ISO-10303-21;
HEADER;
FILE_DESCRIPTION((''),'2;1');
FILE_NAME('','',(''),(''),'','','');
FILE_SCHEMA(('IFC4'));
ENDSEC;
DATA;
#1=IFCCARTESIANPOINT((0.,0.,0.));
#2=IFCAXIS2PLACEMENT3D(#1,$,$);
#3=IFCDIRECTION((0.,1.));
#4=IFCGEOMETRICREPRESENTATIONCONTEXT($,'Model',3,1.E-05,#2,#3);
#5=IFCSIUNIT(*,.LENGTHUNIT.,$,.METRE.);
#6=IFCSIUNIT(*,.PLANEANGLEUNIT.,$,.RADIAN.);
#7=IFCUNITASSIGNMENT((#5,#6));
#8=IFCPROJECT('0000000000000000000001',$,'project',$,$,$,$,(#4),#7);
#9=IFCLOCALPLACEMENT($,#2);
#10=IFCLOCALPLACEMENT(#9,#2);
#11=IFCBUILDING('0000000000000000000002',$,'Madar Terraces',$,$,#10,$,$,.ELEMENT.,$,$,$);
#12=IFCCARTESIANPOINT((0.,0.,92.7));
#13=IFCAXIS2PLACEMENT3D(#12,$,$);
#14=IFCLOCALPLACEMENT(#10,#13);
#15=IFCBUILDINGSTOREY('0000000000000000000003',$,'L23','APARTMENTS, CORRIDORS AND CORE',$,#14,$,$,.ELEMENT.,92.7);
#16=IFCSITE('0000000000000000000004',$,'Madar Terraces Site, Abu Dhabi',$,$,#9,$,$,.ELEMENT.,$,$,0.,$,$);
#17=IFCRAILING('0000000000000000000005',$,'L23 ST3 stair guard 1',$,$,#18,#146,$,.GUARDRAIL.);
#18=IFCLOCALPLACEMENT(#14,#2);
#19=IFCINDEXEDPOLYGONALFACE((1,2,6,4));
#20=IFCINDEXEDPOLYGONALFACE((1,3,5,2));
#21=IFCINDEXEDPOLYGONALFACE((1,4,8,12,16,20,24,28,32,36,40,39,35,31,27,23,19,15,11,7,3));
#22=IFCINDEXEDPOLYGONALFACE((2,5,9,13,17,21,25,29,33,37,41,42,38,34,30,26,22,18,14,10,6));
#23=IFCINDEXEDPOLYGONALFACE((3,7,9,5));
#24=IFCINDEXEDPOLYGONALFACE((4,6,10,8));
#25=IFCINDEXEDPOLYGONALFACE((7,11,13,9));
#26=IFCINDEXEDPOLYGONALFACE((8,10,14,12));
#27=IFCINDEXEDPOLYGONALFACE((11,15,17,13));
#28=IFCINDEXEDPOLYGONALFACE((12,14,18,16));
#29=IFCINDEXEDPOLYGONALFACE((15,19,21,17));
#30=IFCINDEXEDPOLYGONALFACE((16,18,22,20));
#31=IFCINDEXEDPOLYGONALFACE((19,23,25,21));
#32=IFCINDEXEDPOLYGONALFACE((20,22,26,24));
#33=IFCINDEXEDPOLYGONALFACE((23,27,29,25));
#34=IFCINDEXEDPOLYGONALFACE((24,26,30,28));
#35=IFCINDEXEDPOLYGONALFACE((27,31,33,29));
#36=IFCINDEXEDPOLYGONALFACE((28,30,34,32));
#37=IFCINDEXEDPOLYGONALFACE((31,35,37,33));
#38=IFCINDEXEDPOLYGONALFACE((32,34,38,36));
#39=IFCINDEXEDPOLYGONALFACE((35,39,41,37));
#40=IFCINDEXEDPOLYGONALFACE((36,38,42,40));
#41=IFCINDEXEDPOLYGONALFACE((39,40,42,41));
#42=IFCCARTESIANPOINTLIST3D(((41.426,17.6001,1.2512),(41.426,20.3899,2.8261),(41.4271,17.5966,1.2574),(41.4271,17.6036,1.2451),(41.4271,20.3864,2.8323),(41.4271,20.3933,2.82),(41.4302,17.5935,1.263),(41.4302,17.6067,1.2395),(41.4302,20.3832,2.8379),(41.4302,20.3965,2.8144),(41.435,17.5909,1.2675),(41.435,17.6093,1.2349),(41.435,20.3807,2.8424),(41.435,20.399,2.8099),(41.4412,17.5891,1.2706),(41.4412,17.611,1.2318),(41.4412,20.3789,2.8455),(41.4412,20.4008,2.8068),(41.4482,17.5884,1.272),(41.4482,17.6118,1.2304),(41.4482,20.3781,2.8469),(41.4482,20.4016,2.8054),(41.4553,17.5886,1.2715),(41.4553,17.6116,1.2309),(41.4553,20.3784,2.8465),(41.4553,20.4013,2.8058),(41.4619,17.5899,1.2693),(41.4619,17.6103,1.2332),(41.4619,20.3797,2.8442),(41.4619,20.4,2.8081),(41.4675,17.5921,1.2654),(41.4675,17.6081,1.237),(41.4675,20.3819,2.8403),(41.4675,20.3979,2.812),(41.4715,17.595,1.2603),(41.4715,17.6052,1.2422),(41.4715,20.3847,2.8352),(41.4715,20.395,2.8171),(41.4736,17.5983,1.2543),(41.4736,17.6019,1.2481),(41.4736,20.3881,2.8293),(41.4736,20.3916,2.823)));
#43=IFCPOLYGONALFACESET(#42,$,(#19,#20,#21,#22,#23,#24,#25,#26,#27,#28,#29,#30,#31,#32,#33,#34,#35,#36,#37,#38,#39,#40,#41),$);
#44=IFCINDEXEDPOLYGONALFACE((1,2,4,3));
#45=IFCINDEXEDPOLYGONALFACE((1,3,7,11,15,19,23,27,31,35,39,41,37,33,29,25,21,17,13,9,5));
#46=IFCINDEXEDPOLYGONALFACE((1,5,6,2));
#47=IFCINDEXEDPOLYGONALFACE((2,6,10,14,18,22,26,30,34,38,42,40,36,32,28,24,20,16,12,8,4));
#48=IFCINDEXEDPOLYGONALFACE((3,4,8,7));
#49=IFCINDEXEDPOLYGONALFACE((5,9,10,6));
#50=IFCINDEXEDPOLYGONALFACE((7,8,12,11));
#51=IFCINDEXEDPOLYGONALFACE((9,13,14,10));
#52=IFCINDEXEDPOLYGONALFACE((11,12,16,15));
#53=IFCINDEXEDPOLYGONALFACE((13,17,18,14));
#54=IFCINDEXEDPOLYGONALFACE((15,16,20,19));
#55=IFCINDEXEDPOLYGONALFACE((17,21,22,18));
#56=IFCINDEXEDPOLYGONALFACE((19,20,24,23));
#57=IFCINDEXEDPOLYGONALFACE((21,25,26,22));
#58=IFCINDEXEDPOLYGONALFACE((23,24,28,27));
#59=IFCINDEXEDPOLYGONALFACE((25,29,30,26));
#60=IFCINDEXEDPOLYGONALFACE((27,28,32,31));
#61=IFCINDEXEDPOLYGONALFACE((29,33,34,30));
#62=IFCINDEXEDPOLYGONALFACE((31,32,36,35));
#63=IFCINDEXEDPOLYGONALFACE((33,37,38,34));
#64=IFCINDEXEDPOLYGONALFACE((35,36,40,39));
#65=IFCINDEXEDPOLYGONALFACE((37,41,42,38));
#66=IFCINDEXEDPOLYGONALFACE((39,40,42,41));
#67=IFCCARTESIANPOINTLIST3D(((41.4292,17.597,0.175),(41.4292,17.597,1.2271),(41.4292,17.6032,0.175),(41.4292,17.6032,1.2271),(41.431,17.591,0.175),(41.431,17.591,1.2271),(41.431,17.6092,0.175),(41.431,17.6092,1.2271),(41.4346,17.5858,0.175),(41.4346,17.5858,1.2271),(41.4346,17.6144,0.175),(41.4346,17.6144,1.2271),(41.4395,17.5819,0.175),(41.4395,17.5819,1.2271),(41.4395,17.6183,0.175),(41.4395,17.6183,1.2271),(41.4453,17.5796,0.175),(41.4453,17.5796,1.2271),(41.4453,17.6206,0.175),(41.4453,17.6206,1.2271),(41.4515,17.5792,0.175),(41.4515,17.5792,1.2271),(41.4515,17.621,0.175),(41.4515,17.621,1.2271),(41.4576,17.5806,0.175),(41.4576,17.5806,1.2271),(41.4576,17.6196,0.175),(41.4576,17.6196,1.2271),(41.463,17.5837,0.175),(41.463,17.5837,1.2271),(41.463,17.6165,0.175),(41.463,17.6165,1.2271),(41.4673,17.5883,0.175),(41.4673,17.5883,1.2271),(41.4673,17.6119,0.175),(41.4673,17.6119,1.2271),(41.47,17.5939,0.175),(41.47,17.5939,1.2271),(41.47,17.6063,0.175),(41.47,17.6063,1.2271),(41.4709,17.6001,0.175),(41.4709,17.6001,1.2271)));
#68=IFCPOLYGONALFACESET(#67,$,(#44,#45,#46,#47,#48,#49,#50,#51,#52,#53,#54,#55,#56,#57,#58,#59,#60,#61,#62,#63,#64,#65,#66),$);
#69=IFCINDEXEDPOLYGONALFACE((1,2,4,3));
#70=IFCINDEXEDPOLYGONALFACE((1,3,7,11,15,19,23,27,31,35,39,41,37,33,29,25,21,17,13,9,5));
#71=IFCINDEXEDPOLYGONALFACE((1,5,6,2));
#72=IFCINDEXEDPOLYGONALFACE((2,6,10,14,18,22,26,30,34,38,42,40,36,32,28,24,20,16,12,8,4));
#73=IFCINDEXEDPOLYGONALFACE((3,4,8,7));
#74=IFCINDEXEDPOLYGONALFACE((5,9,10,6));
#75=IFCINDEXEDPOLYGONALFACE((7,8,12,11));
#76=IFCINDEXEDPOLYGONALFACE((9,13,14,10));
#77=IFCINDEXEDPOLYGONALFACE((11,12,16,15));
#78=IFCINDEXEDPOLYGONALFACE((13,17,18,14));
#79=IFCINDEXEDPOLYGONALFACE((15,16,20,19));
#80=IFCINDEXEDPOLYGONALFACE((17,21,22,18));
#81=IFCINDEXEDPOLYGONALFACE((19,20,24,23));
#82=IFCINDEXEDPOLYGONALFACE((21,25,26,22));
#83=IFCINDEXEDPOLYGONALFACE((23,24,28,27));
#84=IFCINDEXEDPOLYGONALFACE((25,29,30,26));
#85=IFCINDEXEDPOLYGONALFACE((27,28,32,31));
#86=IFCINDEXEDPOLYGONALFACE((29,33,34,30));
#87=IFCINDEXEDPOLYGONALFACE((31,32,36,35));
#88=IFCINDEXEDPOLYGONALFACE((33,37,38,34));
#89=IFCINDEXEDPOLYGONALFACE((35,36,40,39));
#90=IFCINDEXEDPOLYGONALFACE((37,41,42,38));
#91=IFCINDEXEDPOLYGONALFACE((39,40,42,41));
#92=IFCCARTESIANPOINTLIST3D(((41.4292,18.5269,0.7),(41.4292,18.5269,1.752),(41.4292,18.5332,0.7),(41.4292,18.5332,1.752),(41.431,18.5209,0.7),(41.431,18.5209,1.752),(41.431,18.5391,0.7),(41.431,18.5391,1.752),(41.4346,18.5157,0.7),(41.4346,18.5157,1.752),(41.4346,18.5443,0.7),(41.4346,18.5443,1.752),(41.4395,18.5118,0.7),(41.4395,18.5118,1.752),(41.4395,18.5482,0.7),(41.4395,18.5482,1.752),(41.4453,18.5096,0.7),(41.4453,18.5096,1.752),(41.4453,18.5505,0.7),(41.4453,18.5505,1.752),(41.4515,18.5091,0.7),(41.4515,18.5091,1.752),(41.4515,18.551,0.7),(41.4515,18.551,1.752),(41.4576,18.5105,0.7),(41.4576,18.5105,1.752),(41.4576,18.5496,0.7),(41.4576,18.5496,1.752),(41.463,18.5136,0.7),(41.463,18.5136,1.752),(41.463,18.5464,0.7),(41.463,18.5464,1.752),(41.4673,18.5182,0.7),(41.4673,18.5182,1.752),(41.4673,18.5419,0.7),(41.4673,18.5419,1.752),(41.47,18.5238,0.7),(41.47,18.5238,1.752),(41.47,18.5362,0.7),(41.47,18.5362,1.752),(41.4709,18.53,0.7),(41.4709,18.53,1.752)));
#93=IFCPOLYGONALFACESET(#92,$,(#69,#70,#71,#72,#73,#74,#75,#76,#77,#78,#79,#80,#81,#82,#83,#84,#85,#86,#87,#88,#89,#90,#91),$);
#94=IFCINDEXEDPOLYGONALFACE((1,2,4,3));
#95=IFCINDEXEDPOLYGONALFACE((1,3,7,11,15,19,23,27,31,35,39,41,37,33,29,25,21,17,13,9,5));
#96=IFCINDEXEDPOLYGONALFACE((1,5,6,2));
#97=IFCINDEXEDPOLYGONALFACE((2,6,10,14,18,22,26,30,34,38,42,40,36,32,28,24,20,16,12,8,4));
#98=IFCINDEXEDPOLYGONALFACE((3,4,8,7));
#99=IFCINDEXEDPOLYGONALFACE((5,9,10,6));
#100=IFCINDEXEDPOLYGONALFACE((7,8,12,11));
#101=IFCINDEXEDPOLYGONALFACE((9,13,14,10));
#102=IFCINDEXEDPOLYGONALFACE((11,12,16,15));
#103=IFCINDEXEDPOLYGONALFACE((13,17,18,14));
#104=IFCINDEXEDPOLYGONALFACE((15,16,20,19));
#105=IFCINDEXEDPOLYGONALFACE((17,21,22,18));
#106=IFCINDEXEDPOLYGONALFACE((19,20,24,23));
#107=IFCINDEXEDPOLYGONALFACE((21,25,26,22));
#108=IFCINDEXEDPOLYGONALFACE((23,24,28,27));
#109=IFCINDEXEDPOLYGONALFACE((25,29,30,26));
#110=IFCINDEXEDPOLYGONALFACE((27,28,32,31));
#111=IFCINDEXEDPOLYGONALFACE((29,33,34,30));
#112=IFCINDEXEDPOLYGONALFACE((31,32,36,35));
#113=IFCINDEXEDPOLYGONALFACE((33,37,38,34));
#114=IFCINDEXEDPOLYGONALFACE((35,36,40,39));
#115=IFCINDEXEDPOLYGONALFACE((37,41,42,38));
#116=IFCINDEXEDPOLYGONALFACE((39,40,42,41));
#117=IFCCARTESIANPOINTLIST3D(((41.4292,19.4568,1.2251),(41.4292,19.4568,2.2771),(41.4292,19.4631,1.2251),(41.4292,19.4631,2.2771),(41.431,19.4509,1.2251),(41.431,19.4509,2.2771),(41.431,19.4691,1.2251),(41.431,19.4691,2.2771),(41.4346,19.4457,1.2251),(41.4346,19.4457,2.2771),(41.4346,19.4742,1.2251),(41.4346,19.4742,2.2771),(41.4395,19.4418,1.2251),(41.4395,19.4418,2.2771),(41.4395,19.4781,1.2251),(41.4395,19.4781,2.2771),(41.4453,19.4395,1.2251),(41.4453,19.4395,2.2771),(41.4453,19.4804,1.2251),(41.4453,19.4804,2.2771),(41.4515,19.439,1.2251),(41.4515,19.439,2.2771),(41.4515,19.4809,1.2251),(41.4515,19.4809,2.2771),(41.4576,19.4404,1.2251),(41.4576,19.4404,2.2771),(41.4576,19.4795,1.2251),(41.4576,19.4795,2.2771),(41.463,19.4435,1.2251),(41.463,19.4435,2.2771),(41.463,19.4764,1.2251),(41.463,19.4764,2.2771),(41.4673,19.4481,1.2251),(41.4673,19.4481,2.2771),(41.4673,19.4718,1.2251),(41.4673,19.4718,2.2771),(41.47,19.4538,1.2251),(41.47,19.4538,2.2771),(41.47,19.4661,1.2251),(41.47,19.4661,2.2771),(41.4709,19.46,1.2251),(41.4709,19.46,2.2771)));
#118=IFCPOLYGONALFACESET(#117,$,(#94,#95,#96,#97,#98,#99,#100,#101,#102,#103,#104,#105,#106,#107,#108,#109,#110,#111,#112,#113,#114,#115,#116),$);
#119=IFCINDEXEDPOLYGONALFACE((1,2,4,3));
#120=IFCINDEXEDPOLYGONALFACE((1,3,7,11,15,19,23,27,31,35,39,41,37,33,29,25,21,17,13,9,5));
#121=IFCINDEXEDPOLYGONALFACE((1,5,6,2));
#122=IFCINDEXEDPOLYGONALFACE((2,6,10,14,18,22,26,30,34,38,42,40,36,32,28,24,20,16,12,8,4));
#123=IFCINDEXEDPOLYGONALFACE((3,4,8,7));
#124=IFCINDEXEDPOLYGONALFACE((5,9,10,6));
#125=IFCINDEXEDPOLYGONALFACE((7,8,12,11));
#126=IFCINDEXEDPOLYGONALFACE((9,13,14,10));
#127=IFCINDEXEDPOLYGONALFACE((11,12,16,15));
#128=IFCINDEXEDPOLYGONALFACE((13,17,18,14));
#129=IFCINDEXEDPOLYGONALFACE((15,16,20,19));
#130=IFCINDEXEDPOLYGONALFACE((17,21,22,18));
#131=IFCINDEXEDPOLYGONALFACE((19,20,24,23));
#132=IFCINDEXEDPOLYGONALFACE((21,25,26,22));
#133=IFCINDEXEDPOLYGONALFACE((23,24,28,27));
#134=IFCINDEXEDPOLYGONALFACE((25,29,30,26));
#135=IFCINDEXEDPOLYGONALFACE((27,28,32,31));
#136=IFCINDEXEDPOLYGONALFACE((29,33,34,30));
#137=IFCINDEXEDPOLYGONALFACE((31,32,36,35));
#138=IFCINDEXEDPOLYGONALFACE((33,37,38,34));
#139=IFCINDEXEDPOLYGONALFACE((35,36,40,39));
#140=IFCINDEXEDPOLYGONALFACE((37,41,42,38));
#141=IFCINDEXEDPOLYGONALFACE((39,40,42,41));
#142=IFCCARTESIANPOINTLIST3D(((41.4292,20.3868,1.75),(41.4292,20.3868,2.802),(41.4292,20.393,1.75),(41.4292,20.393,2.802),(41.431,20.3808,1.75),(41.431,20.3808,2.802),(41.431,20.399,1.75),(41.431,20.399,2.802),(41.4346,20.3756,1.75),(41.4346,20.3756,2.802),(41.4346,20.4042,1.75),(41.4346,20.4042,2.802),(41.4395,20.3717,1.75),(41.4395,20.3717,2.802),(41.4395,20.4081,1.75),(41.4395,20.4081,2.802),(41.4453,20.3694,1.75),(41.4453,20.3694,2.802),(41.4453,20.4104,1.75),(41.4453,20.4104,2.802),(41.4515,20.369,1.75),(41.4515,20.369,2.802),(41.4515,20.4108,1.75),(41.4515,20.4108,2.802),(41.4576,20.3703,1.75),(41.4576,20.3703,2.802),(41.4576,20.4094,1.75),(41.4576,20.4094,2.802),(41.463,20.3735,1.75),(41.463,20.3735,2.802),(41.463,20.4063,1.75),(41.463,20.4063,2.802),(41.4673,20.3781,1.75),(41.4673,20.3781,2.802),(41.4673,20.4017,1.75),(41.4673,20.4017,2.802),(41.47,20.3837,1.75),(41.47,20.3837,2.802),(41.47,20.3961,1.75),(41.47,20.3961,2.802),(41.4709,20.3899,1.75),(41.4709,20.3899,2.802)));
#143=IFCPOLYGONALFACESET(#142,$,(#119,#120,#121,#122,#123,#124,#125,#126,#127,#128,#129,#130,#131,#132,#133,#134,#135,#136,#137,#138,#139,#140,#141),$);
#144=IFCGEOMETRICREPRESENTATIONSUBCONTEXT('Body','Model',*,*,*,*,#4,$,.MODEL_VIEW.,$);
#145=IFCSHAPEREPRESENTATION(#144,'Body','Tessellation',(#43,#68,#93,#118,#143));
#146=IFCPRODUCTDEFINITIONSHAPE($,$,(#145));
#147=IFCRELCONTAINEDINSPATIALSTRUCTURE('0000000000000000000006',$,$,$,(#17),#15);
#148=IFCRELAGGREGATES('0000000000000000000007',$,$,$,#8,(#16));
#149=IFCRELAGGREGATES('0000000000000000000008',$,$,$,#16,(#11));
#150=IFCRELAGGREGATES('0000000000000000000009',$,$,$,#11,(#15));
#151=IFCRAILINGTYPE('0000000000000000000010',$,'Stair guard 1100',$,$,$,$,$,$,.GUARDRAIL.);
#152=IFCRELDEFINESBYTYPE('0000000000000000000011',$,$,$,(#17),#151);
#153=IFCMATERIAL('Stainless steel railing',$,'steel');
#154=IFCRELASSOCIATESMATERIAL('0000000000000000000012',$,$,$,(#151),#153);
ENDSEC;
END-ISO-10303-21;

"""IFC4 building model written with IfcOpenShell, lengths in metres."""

from ifc_helpers import new_model, si_unit, direction, frame, origin, origin_2d, place, context, subcontext, project, spatial, circle, extrude, material, type_object, element, save


model = new_model("IFC4")

# Units and contexts
model_context = context("Model", 3, precision=1e-05, world=origin(), true_north=direction((0.0, 1.0)))
body_context = subcontext(model_context, "Body", "Model", "MODEL_VIEW")
ifc_project = project(units=[si_unit("LENGTHUNIT", "METRE"), si_unit("PLANEANGLEUNIT", "RADIAN")], contexts=[model_context])

# Site, building, storey
site_placement = place(None, origin())
site = spatial("IfcSite", under=ifc_project, at=site_placement, Name="Madar Terraces Site, Abu Dhabi", CompositionType="ELEMENT", RefElevation=0.0)
building_placement = place(site_placement, origin())
building = spatial("IfcBuilding", under=site, at=building_placement, Name="Madar Terraces", CompositionType="ELEMENT")
storey_placement = place(building_placement, frame((0.0, 0.0, 92.7)))
storey = spatial("IfcBuildingStorey", under=building, at=storey_placement, Name="L23", Description="APARTMENTS, CORRIDORS AND CORE", CompositionType="ELEMENT", Elevation=92.7)

# Railing
ifc_material_1 = material(Name="Stainless steel railing", Category="steel")
railing_type_1 = type_object("IfcRailingType", Name="Stair guard 1100", PredefinedType="GUARDRAIL", material=ifc_material_1)
railing_1_placement = place(storey_placement, frame((41.45, 17.6001, 0.175)))
element("IfcRailing", 1, at=railing_1_placement, inside=storey, type_object=railing_type_1, Name="L23 ST3 stair guard 1", PredefinedType="GUARDRAIL", context=body_context, shape_type="SweptSolid", body=[
    extrude(circle(Radius=0.0239, at=origin_2d()), frame((0.0, 0.0, 1.0762), z_axis=(0.0, 0.870815, 0.49161), x_axis=(-1.0, 0.0, 0.0)), (0.0, 0.0, 1.0), 3.2036),
    extrude(circle(Radius=0.021, at=origin_2d()), origin(), (0.0, 0.0, 1.0), 1.052),
    extrude(circle(Radius=0.021, at=origin_2d()), frame((0.0, 0.9299, 0.5249)), (0.0, 0.0, 1.0), 1.052),
    extrude(circle(Radius=0.021, at=origin_2d()), frame((0.0, 1.8599, 1.05)), (0.0, 0.0, 1.0), 1.052),
    extrude(circle(Radius=0.021, at=origin_2d()), frame((0.0, 2.7898, 1.575)), (0.0, 0.0, 1.0), 1.052),
])

save(model, "model.ifc")
